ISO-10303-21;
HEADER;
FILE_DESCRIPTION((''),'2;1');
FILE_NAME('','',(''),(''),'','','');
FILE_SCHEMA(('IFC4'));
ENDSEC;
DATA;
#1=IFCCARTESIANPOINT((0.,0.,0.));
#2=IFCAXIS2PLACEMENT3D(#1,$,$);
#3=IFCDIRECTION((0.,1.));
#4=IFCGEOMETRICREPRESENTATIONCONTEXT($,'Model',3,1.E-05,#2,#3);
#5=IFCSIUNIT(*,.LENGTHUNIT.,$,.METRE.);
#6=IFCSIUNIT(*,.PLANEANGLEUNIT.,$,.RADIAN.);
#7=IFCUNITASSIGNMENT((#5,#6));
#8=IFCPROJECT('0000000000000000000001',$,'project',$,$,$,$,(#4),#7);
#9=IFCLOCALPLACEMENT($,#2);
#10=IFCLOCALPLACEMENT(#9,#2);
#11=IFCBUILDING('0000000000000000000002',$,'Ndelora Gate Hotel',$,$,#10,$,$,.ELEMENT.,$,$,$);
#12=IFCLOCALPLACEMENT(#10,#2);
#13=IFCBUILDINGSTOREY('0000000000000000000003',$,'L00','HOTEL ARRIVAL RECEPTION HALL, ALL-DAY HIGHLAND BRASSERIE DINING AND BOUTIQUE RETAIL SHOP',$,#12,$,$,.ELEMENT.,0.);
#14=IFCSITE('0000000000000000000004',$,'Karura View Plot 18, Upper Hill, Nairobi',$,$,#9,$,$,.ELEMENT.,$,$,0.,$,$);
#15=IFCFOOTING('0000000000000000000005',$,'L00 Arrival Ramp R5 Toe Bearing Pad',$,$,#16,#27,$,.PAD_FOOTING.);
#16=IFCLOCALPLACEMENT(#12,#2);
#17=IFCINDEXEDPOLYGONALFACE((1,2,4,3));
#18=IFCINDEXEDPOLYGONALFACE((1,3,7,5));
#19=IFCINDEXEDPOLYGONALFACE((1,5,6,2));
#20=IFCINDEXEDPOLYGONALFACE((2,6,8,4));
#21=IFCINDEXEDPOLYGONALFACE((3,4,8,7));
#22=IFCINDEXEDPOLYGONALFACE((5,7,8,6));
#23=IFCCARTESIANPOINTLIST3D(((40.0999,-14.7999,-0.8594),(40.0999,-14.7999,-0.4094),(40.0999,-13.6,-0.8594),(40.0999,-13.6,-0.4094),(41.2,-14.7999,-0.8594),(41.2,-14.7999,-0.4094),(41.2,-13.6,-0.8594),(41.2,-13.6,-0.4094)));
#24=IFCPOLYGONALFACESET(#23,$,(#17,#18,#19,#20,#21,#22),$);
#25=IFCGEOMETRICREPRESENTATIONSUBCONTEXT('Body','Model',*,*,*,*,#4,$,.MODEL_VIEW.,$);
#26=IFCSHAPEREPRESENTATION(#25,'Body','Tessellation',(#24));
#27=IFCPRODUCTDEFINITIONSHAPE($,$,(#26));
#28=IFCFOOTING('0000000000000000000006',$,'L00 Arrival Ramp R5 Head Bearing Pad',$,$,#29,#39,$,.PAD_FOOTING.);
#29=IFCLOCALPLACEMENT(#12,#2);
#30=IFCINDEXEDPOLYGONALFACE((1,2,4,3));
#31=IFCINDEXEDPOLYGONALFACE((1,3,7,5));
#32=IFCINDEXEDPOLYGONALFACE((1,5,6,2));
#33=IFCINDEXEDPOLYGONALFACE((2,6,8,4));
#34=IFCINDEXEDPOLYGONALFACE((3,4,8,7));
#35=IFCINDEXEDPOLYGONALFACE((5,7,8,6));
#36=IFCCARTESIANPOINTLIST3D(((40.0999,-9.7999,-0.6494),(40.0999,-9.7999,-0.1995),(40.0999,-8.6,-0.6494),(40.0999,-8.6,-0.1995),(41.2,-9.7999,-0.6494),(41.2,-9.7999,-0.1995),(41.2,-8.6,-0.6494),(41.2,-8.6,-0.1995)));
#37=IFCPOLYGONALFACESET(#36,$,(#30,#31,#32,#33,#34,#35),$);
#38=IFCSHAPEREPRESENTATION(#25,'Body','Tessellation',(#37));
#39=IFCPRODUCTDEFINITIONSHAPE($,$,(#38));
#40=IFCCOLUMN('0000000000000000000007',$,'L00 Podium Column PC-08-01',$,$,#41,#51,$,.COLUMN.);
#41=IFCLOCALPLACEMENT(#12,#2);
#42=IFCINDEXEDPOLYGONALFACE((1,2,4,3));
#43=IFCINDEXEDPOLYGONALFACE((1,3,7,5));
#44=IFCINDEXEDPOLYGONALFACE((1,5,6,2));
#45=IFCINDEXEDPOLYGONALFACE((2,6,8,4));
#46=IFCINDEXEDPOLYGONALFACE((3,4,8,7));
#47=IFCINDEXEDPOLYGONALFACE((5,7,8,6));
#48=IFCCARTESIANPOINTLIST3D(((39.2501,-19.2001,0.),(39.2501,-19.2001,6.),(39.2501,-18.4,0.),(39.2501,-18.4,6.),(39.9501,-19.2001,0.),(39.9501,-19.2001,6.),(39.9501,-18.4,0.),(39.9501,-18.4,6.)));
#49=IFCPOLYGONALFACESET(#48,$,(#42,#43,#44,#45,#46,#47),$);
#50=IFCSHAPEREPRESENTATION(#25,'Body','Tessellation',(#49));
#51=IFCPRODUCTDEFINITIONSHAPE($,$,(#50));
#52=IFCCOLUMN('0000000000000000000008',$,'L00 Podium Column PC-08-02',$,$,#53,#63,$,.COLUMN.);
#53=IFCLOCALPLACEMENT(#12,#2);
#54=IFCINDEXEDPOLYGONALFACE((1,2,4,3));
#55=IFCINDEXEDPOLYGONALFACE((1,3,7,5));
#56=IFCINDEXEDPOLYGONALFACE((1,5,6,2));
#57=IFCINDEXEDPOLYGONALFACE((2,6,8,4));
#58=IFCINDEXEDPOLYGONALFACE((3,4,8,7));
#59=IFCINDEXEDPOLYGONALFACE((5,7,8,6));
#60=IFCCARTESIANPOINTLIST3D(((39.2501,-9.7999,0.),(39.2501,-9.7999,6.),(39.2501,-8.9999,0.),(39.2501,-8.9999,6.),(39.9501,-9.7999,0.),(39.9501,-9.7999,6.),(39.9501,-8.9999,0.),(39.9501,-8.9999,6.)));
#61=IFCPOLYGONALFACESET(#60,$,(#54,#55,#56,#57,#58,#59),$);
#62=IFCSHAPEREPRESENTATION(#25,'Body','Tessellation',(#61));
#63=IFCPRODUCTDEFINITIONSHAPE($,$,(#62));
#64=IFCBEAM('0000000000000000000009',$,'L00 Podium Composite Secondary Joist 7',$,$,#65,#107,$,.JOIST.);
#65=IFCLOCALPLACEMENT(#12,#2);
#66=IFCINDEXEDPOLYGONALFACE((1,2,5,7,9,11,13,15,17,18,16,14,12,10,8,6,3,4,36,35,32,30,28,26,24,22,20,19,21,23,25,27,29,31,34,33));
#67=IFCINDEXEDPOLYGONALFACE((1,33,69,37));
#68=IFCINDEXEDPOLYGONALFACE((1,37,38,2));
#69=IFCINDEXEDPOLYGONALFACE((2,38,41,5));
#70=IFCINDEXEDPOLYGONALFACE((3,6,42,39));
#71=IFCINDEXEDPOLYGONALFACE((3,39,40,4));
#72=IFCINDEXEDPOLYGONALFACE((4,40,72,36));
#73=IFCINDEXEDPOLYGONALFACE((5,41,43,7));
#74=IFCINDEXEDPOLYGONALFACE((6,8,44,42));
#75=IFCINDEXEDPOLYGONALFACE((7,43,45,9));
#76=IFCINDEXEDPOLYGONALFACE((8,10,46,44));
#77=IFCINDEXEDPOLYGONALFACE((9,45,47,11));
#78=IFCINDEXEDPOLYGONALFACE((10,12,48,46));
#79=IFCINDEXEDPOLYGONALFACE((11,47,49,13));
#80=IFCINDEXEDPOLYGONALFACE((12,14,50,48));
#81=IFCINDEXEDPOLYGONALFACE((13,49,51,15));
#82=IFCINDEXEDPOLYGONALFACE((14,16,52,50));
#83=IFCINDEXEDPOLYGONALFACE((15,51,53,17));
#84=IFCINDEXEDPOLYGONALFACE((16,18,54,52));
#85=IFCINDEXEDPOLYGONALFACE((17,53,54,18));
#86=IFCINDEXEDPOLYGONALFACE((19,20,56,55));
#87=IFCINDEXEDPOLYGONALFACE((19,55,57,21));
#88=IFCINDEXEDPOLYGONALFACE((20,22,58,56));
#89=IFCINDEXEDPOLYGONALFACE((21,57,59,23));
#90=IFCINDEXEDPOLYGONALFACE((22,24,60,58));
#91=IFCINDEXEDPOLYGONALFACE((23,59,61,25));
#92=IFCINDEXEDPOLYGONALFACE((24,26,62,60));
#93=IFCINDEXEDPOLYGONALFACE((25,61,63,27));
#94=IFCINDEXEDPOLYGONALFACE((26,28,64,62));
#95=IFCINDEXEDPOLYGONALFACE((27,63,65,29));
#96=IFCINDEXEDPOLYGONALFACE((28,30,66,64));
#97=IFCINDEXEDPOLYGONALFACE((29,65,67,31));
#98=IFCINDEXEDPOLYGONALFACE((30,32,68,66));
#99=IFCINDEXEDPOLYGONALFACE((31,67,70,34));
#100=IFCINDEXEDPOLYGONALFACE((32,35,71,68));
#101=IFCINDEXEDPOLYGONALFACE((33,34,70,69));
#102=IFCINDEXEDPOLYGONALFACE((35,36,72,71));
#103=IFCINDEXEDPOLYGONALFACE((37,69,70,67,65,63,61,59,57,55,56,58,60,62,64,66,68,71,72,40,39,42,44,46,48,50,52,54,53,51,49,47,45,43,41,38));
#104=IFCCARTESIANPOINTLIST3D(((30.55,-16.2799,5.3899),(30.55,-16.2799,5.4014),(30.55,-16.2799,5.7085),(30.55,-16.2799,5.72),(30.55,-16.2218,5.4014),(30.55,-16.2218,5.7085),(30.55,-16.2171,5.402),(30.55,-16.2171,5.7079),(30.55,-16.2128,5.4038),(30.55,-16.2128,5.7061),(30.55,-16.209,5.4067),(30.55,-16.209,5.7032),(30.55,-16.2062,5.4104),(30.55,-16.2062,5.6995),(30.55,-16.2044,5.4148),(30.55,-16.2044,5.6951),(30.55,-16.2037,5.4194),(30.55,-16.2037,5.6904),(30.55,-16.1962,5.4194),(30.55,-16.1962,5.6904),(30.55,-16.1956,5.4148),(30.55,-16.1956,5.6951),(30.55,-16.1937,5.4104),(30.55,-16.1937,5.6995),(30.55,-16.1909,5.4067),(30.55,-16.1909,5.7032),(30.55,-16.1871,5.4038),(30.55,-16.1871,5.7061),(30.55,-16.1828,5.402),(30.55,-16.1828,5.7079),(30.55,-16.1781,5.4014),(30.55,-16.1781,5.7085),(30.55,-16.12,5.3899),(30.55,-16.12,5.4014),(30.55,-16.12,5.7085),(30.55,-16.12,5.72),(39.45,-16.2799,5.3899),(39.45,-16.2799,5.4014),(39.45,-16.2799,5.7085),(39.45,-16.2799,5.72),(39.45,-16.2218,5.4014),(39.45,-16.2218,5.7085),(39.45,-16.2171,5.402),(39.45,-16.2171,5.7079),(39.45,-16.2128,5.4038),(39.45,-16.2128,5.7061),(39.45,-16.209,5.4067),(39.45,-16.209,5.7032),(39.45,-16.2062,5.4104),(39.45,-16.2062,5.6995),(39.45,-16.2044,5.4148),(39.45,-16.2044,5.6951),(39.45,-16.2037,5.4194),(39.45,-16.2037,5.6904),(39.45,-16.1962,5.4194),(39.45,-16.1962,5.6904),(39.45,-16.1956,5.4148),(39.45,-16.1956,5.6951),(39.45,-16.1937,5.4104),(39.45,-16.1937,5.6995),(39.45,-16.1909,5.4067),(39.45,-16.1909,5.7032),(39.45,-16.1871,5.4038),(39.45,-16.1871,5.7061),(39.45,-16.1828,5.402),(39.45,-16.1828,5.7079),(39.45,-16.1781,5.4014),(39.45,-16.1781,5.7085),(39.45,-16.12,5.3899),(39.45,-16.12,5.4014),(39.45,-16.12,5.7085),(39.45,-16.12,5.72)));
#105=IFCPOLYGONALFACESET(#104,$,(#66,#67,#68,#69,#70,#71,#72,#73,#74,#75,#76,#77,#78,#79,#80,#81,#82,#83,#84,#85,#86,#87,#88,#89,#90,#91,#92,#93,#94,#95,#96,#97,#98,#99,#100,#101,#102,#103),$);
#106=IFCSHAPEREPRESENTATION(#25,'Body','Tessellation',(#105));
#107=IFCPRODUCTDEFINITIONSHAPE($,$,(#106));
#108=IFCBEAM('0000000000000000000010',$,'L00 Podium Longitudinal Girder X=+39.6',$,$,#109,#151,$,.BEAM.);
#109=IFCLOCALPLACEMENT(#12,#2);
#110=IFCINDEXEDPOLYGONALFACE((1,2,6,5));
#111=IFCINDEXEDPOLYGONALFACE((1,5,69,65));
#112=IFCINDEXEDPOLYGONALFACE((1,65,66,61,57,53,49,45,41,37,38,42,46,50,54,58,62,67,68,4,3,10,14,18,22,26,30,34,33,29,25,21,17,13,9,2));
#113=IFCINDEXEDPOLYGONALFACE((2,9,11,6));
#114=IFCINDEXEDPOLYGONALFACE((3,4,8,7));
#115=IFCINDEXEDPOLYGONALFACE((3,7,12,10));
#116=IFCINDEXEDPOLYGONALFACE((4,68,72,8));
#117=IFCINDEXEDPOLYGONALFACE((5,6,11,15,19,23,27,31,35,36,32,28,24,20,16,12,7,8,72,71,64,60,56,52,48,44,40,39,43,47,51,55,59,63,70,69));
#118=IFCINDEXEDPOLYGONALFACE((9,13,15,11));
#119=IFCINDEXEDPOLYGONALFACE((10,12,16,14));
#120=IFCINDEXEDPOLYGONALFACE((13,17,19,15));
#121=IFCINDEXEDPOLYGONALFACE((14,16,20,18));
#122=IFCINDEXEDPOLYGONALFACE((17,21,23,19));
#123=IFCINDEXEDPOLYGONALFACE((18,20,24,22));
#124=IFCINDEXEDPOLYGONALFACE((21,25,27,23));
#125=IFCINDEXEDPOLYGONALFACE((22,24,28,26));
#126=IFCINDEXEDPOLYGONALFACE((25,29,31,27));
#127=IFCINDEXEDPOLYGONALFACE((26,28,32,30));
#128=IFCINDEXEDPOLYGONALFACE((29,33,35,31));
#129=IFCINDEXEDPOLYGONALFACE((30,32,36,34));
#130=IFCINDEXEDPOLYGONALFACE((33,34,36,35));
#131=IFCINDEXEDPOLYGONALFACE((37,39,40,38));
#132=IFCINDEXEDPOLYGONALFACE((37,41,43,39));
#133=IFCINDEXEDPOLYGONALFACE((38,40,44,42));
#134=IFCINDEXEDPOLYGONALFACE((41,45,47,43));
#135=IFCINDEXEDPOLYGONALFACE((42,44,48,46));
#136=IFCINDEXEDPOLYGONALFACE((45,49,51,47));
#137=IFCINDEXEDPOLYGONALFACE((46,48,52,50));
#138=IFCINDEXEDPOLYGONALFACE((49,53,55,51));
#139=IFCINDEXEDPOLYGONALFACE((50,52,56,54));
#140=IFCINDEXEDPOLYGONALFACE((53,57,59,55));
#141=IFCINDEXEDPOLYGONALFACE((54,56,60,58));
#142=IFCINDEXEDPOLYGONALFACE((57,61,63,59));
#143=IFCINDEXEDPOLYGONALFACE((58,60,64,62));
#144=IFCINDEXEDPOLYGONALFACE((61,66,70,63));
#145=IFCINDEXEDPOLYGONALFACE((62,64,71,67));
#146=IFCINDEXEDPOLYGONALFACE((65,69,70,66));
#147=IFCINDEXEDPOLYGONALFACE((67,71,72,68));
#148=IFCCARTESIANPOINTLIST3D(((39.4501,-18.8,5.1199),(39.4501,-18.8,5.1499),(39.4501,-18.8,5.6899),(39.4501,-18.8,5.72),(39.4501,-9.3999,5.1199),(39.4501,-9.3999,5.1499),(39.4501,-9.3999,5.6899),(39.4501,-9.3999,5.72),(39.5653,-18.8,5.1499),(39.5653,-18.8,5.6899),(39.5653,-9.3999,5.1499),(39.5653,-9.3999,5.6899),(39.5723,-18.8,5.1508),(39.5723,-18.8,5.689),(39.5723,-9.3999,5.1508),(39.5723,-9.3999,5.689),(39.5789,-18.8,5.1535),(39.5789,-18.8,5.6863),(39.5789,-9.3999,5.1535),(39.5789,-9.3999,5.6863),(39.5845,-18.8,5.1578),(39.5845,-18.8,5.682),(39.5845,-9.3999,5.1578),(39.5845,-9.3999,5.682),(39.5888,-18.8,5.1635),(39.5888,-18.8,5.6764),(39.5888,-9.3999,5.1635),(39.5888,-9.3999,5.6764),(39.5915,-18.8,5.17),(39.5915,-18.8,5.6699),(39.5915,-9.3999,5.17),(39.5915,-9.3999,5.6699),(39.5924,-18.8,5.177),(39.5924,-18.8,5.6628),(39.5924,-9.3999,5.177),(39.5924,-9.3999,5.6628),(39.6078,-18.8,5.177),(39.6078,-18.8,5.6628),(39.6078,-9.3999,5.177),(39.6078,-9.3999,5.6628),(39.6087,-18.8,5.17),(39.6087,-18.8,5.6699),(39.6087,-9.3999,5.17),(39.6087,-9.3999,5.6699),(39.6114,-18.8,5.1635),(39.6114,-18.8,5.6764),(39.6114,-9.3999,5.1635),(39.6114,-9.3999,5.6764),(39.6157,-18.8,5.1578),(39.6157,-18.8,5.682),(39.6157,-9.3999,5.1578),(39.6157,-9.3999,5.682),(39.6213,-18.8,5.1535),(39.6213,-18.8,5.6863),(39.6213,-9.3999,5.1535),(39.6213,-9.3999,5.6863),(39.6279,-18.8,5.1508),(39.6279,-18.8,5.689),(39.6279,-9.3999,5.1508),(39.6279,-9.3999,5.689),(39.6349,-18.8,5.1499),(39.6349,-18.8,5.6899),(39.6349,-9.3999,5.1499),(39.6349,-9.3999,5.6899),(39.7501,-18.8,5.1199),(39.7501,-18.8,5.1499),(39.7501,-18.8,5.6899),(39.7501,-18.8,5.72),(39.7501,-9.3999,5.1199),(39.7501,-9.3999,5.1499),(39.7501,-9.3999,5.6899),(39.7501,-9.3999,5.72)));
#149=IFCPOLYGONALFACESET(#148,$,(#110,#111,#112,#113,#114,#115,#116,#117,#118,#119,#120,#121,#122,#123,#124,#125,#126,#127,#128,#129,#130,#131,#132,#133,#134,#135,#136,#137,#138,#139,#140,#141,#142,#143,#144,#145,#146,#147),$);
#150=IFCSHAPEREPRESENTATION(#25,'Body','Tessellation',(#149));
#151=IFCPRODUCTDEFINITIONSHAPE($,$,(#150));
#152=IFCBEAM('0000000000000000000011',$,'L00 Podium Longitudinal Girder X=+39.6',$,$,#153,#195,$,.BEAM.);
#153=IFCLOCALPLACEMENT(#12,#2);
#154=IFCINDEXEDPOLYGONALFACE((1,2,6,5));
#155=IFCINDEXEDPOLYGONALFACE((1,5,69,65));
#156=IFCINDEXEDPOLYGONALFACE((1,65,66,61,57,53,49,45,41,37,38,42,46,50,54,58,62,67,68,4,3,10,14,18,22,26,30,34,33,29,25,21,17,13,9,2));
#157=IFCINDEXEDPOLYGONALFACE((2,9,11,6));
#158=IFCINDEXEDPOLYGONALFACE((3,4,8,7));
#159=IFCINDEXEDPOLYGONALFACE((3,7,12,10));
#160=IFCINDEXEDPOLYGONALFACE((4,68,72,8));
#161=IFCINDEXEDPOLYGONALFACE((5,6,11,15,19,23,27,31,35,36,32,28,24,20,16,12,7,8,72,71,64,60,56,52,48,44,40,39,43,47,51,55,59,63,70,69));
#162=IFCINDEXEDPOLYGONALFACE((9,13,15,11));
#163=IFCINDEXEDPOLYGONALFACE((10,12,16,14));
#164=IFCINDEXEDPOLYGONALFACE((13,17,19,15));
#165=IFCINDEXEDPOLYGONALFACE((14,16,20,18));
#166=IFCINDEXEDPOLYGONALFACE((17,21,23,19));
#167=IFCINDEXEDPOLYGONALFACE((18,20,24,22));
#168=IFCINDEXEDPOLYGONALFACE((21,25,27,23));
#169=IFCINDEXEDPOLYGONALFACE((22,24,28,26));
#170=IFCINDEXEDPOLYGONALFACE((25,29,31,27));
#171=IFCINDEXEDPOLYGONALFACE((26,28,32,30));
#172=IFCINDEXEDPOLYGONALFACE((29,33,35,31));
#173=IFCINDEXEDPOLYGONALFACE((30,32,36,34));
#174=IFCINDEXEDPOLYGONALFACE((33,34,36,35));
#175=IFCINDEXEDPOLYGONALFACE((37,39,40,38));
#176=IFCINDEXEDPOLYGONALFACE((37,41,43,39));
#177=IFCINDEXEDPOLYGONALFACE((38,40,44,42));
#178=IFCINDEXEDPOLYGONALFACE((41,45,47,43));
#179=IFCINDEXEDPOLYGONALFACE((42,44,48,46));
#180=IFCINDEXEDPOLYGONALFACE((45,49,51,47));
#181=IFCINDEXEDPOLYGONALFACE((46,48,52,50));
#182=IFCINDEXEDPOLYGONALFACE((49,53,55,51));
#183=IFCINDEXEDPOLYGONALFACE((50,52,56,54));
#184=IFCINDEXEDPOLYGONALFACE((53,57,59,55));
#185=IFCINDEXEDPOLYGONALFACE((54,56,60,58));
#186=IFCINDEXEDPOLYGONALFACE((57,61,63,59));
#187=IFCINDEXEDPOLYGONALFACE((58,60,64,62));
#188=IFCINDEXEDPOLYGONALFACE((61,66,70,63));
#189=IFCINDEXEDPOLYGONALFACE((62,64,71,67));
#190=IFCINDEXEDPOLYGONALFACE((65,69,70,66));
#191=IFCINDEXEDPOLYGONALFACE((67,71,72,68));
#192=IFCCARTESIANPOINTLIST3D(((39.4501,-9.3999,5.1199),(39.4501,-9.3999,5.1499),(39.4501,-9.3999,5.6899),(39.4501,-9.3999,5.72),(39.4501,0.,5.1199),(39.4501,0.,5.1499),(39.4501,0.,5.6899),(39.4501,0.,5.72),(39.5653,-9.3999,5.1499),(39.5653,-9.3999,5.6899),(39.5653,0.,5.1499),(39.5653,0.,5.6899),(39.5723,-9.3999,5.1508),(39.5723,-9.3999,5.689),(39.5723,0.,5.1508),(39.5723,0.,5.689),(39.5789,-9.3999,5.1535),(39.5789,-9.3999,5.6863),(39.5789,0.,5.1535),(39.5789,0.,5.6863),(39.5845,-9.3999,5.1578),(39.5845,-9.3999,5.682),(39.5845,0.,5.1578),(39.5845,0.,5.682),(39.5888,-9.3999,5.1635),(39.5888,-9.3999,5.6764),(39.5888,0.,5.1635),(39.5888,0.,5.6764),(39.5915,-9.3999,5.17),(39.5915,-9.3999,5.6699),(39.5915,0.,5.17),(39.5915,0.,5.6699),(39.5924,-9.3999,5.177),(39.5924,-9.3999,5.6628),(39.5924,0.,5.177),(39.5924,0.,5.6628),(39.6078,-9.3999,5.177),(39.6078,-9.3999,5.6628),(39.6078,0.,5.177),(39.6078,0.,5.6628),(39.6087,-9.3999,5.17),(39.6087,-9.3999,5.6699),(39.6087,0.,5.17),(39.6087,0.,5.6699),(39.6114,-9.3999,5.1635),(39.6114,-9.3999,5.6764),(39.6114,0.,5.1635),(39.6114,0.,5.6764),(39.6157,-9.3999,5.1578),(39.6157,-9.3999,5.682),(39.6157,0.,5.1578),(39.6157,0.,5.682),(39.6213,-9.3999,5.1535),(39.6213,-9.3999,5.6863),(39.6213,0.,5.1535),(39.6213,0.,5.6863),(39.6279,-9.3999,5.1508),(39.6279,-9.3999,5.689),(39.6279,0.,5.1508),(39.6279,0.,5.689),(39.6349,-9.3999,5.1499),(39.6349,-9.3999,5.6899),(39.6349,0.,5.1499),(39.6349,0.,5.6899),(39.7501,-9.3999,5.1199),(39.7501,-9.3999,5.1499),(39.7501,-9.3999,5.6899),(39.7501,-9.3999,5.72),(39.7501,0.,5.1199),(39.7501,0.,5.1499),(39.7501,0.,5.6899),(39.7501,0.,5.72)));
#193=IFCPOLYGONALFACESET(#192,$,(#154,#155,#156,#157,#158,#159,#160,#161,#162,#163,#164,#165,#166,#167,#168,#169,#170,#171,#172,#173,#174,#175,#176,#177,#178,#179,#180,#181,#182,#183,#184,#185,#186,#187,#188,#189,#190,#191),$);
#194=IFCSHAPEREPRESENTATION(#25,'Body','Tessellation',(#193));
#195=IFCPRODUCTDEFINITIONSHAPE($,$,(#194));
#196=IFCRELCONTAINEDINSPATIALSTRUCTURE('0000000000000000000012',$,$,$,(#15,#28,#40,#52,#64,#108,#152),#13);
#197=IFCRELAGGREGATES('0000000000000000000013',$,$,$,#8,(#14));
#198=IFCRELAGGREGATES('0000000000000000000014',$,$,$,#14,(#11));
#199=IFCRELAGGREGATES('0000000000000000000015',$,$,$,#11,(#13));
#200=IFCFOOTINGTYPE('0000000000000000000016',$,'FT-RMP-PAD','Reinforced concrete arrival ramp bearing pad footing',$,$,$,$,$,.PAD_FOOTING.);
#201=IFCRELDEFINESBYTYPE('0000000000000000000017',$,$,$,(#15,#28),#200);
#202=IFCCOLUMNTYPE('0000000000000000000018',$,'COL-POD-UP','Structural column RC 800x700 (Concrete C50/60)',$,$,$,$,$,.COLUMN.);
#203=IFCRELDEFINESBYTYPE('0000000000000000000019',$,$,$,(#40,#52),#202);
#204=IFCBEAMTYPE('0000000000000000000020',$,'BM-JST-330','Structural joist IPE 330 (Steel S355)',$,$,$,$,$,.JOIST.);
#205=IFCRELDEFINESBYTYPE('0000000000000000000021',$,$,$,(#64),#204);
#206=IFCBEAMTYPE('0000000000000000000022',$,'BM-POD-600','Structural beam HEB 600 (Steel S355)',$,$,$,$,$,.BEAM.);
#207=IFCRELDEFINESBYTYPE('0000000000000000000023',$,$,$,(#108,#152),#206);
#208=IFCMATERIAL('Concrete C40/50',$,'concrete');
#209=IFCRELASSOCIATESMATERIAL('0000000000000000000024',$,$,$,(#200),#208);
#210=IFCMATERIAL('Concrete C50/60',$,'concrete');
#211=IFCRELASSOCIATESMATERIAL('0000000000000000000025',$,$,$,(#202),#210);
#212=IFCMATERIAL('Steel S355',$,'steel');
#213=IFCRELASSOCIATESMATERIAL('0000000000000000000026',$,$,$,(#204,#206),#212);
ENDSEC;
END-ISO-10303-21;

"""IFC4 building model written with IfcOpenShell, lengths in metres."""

from ifc_helpers import new_model, si_unit, direction, frame, origin, origin_2d, place, context, subcontext, project, spatial, rectangle, i_section, extrude, material, material_profile, profile_set, type_object, element, save


model = new_model("IFC4")

# Units and contexts
model_context = context("Model", 3, precision=1e-05, world=origin(), true_north=direction((0.0, 1.0)))
body_context = subcontext(model_context, "Body", "Model", "MODEL_VIEW")
ifc_project = project(units=[si_unit("LENGTHUNIT", "METRE"), si_unit("PLANEANGLEUNIT", "RADIAN")], contexts=[model_context])

# Site, building, storey
site_placement = place(None, origin())
site = spatial("IfcSite", under=ifc_project, at=site_placement, Name="Karura View Plot 18, Upper Hill, Nairobi", CompositionType="ELEMENT", RefElevation=0.0)
building_placement = place(site_placement, origin())
building = spatial("IfcBuilding", under=site, at=building_placement, Name="Ndelora Gate Hotel", CompositionType="ELEMENT")
storey_placement = place(building_placement, origin())
storey = spatial("IfcBuildingStorey", under=building, at=storey_placement, Name="L00", Description="HOTEL ARRIVAL RECEPTION HALL, ALL-DAY HIGHLAND BRASSERIE DINING AND BOUTIQUE RETAIL SHOP", CompositionType="ELEMENT", Elevation=0.0)

# Footings
ifc_material_1 = material(Name="Concrete C40/50", Category="concrete")
footing_type = type_object("IfcFootingType", Name="FT-RMP-PAD", Description="Reinforced concrete arrival ramp bearing pad footing", PredefinedType="PAD_FOOTING", material=ifc_material_1)
for number, where, z_axis, x_axis, name in (
    (1, (40.6499, -14.2, -0.8594), (0.0, 0.0, 1.0), (1.0, 0.0, 0.0), "L00 Arrival Ramp R5 Toe Bearing Pad"),
    (2, (40.6499, -9.2, -0.6494), (0.0, 0.0, 1.0), (1.0, 0.0, 0.0), "L00 Arrival Ramp R5 Head Bearing Pad"),
):
    element("IfcFooting", number, at=place(storey_placement, frame(where, z_axis=z_axis, x_axis=x_axis)), inside=storey, type_object=footing_type, Name=name, PredefinedType="PAD_FOOTING", context=body_context, shape_type="SweptSolid", body=[
        extrude(rectangle(XDim=1.1001, YDim=1.2, at=origin_2d()), origin(), (0.0, 0.0, 1.0), 0.45),
    ])

# Columns
ifc_material_2 = material(Name="Concrete C50/60", Category="concrete")
ifc_material_profile_1 = material_profile(ifc_material_2, rectangle(XDim=0.7, YDim=0.8, at=origin_2d()), Name="RC 800x700")
ifc_profile_set_1 = profile_set([ifc_material_profile_1], Name="Concrete C50/60")
column_type = type_object("IfcColumnType", Name="COL-POD-UP", Description="Structural column RC 800x700 (Concrete C50/60)", PredefinedType="COLUMN", material=ifc_profile_set_1)
for number, where, z_axis, x_axis, name in (
    (3, (39.6001, -18.8, 0.0), (0.0, 0.0, 1.0), (1.0, 0.0, 0.0), "L00 Podium Column PC-08-01"),
    (4, (39.6001, -9.3999, 0.0), (0.0, 0.0, 1.0), (1.0, 0.0, 0.0), "L00 Podium Column PC-08-02"),
):
    element("IfcColumn", number, at=place(storey_placement, frame(where, z_axis=z_axis, x_axis=x_axis)), inside=storey, type_object=column_type, Name=name, PredefinedType="COLUMN", context=body_context, shape_type="SweptSolid", body=[
        extrude(rectangle(XDim=0.7, YDim=0.8, at=origin_2d()), origin(), (0.0, 0.0, 1.0), 6.0),
    ])

# Beams
ifc_material_3 = material(Name="Steel S355", Category="steel")
ifc_material_profile_2 = material_profile(ifc_material_3, i_section(OverallWidth=0.1599, OverallDepth=0.3301, WebThickness=0.0076, FlangeThickness=0.0115, FilletRadius=0.0181, at=origin_2d()), Name="IPE 330")
ifc_profile_set_2 = profile_set([ifc_material_profile_2], Name="Steel S355")
beam_type_1 = type_object("IfcBeamType", Name="BM-JST-330", Description="Structural joist IPE 330 (Steel S355)", PredefinedType="JOIST", material=ifc_profile_set_2)
beam_1_placement = place(storey_placement, frame((30.55, -16.2, 5.5549), z_axis=(1.0, 0.0, 0.0), x_axis=(0.0, 1.0, 0.0)))
element("IfcBeam", 5, at=beam_1_placement, inside=storey, type_object=beam_type_1, Name="L00 Podium Composite Secondary Joist 7", PredefinedType="JOIST", context=body_context, shape_type="SweptSolid", body=[
    extrude(i_section(OverallWidth=0.1599, OverallDepth=0.3301, WebThickness=0.0076, FlangeThickness=0.0115, FilletRadius=0.0181, at=origin_2d()), origin(), (0.0, 0.0, 1.0), 8.8999),
])
ifc_material_profile_3 = material_profile(ifc_material_3, i_section(OverallWidth=0.3, OverallDepth=0.6001, WebThickness=0.0154, FlangeThickness=0.03, FilletRadius=0.0271, at=origin_2d()), Name="HEB 600")
ifc_profile_set_3 = profile_set([ifc_material_profile_3], Name="Steel S355")
beam_type_2 = type_object("IfcBeamType", Name="BM-POD-600", Description="Structural beam HEB 600 (Steel S355)", PredefinedType="BEAM", material=ifc_profile_set_3)
beam_2_placement = place(storey_placement, frame((39.6001, -18.8, 5.4199), z_axis=(0.0, 1.0, 0.0), x_axis=(-1.0, 0.0, 0.0)))
element("IfcBeam", 6, at=beam_2_placement, inside=storey, type_object=beam_type_2, Name="L00 Podium Longitudinal Girder X=+39.6", PredefinedType="BEAM", context=body_context, shape_type="SweptSolid", body=[
    extrude(i_section(OverallWidth=0.3, OverallDepth=0.6001, WebThickness=0.0154, FlangeThickness=0.03, FilletRadius=0.0271, at=origin_2d()), origin(), (0.0, 0.0, 1.0), 9.4001),
])
beam_3_placement = place(storey_placement, frame((39.6001, -9.3999, 5.4199), z_axis=(0.0, 1.0, 0.0), x_axis=(-1.0, 0.0, 0.0)))
element("IfcBeam", 7, at=beam_3_placement, inside=storey, type_object=beam_type_2, Name="L00 Podium Longitudinal Girder X=+39.6", PredefinedType="BEAM", context=body_context, shape_type="SweptSolid", body=[
    extrude(i_section(OverallWidth=0.3, OverallDepth=0.6001, WebThickness=0.0154, FlangeThickness=0.03, FilletRadius=0.0271, at=origin_2d()), origin(), (0.0, 0.0, 1.0), 9.3999),
])

save(model, "model.ifc")
